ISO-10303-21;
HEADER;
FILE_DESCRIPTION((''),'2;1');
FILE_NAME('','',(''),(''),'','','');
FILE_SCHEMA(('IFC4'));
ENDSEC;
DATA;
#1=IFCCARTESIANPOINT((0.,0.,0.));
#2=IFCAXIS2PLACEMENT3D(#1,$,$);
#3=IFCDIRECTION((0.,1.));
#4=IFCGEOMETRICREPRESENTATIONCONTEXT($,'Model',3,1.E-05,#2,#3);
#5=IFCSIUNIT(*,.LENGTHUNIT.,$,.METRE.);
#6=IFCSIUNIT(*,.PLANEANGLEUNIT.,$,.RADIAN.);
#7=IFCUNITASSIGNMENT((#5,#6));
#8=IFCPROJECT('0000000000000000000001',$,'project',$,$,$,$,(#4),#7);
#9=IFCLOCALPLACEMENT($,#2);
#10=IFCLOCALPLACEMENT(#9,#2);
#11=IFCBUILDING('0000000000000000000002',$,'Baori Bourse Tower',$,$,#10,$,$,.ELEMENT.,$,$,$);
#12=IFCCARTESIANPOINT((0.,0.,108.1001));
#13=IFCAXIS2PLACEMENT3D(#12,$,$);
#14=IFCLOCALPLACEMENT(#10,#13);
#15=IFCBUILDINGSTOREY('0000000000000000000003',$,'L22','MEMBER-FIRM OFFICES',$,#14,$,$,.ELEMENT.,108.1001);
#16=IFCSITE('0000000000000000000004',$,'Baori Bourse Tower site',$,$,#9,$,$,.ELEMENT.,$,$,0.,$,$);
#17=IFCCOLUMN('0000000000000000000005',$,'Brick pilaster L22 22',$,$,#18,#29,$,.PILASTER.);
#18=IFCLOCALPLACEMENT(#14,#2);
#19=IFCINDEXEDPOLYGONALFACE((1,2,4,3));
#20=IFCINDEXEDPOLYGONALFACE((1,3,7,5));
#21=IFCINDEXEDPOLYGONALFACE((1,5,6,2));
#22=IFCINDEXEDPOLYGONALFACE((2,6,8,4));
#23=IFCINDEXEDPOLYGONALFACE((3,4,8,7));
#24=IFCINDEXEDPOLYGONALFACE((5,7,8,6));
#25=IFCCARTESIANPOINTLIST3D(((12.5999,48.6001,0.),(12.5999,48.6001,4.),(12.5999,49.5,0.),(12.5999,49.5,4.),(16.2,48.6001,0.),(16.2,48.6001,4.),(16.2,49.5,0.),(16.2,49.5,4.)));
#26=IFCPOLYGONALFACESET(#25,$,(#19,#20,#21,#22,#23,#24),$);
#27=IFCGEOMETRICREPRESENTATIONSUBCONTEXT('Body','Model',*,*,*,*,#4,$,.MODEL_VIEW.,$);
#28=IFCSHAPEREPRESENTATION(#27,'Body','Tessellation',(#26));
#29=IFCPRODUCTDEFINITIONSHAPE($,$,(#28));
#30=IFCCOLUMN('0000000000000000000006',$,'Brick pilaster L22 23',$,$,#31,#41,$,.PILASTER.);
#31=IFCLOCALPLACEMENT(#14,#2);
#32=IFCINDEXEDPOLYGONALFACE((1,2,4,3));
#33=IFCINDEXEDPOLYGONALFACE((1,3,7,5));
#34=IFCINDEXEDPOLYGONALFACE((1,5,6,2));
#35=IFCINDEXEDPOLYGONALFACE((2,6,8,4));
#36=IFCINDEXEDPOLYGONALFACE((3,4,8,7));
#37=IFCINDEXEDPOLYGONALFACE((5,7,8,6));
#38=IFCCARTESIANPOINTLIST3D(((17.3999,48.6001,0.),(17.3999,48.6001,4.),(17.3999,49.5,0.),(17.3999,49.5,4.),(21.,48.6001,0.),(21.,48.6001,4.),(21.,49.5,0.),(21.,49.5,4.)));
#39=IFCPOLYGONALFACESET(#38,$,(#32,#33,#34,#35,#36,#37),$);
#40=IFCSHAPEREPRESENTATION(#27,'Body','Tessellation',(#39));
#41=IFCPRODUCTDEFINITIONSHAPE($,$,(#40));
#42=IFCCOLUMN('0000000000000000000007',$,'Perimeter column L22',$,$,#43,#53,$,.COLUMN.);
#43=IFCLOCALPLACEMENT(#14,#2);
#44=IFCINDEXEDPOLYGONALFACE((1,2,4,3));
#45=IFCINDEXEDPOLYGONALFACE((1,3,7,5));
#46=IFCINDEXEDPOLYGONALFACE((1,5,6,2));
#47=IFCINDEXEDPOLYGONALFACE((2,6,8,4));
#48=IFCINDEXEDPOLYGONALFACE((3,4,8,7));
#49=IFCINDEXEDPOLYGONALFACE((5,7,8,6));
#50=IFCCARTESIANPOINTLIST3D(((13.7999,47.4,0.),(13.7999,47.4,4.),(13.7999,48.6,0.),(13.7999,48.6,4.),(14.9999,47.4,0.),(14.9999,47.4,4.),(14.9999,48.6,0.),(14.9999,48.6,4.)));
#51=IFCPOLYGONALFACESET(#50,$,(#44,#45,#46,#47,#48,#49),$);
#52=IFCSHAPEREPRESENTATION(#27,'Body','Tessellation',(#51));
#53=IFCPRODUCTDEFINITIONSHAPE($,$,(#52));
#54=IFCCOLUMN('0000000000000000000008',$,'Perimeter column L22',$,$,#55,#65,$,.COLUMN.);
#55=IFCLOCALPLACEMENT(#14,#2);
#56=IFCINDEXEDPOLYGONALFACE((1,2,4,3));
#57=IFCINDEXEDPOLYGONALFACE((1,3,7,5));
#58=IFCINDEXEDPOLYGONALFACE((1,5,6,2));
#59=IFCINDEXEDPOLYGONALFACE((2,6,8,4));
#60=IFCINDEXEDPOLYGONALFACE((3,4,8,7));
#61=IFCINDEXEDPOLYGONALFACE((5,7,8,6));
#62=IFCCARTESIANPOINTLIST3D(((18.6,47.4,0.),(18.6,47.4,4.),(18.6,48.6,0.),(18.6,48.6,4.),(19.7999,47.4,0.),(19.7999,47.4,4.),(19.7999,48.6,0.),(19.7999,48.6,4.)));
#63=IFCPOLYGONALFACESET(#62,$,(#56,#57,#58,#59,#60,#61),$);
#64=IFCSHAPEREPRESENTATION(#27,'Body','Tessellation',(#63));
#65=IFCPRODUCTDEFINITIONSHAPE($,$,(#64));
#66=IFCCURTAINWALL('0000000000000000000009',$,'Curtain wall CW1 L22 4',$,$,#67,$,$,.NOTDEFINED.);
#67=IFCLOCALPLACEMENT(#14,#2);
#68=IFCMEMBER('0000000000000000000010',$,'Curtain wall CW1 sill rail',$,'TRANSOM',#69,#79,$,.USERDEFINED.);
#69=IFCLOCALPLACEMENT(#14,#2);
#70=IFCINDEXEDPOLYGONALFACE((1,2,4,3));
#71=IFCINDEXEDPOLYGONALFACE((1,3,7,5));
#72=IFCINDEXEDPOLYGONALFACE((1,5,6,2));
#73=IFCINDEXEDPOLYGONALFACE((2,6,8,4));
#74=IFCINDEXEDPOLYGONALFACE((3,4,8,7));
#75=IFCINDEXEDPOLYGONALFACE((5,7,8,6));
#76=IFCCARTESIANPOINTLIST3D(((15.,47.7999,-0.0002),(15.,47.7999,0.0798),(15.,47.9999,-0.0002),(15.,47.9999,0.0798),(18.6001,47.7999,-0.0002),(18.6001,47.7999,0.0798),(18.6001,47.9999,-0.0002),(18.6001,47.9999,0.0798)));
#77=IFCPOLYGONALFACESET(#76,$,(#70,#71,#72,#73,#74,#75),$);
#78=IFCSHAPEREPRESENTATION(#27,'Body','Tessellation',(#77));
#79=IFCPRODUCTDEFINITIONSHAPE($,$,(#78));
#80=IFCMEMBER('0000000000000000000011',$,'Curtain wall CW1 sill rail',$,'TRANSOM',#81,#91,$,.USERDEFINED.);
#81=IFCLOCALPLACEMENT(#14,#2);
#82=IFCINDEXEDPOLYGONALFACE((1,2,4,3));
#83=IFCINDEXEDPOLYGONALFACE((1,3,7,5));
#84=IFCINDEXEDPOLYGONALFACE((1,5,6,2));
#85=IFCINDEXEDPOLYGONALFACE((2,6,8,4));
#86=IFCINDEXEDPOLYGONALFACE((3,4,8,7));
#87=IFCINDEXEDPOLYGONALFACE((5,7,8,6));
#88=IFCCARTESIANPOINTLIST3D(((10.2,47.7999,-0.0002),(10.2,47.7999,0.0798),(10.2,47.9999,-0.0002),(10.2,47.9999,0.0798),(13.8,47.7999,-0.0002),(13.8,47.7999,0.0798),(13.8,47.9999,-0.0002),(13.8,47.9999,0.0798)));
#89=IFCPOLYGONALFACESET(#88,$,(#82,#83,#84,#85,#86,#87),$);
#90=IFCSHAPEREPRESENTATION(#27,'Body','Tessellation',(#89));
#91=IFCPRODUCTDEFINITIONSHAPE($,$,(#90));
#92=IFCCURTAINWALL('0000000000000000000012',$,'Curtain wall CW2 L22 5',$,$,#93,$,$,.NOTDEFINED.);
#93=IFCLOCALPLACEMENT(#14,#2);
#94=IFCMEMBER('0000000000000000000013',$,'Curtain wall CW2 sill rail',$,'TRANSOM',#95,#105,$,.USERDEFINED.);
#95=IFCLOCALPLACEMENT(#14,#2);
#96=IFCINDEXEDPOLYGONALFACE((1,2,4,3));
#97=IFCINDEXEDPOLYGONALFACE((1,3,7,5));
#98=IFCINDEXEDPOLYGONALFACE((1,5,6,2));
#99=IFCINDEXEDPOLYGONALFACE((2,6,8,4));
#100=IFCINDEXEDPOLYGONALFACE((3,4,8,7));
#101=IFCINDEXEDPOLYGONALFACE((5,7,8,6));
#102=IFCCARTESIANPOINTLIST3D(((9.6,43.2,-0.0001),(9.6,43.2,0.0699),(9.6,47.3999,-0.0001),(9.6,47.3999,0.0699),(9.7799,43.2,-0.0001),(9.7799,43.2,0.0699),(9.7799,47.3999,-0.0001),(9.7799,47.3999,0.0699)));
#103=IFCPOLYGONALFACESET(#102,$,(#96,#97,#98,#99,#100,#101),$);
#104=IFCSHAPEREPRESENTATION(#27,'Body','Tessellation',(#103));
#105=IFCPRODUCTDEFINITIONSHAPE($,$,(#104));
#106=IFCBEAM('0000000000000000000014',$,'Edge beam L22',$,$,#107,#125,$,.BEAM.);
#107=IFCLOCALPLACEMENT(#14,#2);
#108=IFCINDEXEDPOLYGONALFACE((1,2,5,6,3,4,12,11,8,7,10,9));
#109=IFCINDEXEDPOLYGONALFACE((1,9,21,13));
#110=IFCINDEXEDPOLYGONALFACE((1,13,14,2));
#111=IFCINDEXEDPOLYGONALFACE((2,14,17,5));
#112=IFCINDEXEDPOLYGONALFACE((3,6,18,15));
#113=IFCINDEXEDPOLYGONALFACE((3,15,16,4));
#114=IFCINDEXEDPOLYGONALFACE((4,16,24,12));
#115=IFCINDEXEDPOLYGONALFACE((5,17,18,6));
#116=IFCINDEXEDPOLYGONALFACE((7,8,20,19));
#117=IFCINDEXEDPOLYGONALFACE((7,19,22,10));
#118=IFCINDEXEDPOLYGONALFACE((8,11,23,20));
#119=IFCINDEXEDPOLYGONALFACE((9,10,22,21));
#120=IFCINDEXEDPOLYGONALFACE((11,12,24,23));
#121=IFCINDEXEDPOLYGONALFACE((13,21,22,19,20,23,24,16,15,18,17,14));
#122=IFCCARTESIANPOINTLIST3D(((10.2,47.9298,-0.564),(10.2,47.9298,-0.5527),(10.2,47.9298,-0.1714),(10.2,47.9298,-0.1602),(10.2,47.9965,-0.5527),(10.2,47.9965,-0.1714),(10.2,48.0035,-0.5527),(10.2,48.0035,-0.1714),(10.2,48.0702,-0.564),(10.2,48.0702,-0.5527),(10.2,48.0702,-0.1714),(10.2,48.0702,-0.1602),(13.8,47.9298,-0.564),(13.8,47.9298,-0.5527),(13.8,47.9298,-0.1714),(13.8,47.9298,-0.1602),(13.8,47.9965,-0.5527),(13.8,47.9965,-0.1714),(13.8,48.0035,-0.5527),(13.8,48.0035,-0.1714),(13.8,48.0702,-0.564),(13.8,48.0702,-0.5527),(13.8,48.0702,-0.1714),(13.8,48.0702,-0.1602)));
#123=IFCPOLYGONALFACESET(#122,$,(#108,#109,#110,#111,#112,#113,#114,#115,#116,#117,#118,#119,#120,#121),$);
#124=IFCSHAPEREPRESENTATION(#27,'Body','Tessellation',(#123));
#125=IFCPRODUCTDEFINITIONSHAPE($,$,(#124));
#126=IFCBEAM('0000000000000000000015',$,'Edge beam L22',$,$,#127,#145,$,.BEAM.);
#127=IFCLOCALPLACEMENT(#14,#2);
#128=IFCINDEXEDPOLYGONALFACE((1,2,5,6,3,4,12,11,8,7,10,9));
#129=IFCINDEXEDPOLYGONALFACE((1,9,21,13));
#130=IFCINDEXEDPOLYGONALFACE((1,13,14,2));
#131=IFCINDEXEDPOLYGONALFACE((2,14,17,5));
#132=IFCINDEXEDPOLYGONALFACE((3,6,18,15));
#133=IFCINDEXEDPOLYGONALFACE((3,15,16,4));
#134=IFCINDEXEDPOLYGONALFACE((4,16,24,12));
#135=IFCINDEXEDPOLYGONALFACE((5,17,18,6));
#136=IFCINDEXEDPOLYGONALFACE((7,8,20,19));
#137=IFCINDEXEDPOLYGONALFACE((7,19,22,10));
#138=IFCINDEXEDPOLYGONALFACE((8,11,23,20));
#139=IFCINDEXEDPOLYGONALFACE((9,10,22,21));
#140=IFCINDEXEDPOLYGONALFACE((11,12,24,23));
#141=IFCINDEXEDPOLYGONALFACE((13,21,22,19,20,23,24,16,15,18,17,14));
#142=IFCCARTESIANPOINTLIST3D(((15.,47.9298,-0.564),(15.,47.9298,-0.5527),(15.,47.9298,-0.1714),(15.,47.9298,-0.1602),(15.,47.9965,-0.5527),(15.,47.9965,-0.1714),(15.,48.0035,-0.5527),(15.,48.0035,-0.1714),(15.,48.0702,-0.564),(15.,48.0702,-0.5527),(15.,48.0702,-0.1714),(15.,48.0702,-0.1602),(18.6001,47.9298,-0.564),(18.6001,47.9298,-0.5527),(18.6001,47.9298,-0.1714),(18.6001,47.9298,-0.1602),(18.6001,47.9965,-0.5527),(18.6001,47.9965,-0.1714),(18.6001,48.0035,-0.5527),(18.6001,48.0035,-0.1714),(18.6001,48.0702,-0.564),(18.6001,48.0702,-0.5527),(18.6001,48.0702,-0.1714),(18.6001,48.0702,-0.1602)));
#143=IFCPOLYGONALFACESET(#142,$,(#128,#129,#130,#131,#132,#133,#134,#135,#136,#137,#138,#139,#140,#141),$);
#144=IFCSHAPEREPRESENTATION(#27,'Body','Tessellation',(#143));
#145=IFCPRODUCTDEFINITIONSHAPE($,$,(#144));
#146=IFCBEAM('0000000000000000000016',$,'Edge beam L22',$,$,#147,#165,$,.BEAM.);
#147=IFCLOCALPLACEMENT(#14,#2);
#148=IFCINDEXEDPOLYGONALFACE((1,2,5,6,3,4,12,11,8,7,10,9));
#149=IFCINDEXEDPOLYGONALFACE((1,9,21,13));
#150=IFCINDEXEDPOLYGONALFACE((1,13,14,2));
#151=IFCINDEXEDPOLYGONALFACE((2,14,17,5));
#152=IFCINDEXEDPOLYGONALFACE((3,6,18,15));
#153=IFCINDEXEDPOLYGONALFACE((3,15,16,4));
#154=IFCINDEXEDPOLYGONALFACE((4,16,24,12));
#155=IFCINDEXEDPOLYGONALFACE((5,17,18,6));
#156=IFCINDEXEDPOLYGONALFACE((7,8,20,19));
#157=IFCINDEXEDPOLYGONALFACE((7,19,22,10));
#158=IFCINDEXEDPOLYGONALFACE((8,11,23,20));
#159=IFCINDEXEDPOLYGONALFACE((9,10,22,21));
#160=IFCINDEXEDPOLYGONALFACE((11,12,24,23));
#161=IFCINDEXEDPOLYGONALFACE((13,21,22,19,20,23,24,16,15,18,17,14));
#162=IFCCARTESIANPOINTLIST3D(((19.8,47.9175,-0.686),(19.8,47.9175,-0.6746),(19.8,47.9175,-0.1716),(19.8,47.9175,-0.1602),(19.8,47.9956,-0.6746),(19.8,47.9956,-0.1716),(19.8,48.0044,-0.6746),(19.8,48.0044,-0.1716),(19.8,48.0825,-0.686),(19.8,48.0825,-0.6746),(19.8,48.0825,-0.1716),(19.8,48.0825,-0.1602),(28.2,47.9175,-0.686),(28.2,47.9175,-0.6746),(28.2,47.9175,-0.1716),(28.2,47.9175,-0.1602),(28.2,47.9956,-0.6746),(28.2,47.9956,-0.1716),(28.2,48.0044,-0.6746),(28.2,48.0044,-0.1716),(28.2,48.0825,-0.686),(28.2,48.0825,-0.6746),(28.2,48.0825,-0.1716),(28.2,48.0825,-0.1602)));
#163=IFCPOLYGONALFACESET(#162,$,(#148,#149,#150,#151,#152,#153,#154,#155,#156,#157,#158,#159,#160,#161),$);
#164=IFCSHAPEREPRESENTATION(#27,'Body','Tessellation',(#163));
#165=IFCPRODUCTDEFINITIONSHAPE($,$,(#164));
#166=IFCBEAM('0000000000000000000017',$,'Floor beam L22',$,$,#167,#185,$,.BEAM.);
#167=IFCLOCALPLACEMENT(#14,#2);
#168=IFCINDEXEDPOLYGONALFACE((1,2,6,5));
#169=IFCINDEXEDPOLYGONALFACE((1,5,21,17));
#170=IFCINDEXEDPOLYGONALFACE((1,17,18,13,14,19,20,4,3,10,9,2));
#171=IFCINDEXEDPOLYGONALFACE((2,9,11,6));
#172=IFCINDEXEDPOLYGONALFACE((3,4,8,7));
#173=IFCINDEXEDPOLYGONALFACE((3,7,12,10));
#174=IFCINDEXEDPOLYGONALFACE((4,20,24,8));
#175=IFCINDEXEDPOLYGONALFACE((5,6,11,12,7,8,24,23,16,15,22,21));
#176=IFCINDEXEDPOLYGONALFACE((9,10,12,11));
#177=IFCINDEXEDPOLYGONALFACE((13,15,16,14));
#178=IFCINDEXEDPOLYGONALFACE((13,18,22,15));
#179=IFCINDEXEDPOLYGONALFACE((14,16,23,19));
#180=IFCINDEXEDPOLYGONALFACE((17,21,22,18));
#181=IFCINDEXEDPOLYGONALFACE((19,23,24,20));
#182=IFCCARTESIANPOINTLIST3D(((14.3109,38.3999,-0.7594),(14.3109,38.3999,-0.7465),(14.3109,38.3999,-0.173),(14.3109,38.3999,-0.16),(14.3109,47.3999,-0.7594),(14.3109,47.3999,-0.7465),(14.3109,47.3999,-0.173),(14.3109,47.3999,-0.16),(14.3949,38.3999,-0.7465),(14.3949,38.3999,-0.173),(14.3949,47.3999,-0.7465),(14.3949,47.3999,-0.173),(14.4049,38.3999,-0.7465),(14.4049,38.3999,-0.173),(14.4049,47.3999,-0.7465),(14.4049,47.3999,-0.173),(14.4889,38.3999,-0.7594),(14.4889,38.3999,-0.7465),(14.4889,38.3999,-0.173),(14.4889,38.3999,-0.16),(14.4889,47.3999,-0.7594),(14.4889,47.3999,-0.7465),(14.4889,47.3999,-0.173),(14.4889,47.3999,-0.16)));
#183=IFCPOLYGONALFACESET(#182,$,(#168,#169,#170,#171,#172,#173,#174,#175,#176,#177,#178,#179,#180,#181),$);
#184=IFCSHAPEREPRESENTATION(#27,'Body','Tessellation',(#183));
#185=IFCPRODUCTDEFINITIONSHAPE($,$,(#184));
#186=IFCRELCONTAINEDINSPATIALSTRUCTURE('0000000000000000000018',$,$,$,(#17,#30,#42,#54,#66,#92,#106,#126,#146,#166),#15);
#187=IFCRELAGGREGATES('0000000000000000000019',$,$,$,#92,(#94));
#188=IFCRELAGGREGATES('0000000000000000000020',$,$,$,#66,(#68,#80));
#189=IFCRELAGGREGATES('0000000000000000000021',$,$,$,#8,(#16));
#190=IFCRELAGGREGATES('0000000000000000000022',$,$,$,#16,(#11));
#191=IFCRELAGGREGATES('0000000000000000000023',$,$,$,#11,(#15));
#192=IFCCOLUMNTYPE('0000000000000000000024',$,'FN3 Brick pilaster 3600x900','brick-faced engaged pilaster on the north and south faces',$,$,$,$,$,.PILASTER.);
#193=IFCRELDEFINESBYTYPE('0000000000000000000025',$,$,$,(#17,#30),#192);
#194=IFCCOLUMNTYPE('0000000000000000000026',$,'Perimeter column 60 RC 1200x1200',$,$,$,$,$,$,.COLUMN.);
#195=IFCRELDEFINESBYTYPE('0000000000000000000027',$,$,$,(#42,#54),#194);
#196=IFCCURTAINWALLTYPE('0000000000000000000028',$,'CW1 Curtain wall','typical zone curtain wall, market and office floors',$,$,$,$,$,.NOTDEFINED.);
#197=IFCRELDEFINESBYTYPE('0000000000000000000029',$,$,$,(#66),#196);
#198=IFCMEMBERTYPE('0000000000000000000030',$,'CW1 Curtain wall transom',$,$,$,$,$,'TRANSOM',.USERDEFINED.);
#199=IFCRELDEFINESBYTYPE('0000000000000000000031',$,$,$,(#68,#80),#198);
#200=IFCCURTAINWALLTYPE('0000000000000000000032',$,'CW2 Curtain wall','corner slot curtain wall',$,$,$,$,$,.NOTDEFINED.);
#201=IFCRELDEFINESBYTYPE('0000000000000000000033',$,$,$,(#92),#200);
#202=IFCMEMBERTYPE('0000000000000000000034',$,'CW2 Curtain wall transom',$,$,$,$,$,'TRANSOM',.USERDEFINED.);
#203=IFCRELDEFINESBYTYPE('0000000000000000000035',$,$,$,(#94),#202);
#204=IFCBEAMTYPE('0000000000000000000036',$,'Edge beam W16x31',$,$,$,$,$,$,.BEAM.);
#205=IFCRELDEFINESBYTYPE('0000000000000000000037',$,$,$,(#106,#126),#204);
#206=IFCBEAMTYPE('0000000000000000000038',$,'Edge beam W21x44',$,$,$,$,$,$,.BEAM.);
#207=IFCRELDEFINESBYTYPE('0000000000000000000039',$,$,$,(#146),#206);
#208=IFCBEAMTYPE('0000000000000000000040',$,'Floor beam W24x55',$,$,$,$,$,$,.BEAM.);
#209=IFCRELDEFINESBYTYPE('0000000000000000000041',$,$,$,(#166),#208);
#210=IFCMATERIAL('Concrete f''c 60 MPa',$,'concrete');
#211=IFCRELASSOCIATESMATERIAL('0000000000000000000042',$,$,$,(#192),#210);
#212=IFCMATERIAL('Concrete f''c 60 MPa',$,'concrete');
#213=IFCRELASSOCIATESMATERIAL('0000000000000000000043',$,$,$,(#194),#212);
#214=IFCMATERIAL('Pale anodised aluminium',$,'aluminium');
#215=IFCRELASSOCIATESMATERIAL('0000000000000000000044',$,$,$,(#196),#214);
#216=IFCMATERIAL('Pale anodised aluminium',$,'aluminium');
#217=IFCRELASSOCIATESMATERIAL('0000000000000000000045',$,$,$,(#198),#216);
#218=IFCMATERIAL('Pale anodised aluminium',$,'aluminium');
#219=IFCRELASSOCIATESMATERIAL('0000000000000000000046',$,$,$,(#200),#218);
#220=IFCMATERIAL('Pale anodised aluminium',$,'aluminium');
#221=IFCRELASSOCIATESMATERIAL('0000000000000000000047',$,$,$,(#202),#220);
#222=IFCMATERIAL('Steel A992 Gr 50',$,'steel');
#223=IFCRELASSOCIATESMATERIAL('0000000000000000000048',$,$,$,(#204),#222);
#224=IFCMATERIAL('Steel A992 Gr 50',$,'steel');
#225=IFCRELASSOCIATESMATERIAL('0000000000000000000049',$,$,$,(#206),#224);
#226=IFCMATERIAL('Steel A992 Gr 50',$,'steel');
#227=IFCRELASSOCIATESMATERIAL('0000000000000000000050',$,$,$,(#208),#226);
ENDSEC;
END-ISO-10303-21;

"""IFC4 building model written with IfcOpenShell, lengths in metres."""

from ifc_helpers import new_model, si_unit, direction, frame, origin, origin_2d, place, context, subcontext, project, spatial, rectangle, i_section, extrude, material, material_profile, profile_set, type_object, element, aggregate, save


model = new_model("IFC4")

# Units and contexts
model_context = context("Model", 3, precision=1e-05, world=origin(), true_north=direction((0.0, 1.0)))
body_context = subcontext(model_context, "Body", "Model", "MODEL_VIEW")
ifc_project = project(units=[si_unit("LENGTHUNIT", "METRE"), si_unit("PLANEANGLEUNIT", "RADIAN")], contexts=[model_context])

# Site, building, storey
site_placement = place(None, origin())
site = spatial("IfcSite", under=ifc_project, at=site_placement, Name="Baori Bourse Tower site", CompositionType="ELEMENT", RefElevation=0.0)
building_placement = place(site_placement, origin())
building = spatial("IfcBuilding", under=site, at=building_placement, Name="Baori Bourse Tower", CompositionType="ELEMENT")
storey_placement = place(building_placement, frame((0.0, 0.0, 108.1001)))
storey = spatial("IfcBuildingStorey", under=building, at=storey_placement, Name="L22", Description="MEMBER-FIRM OFFICES", CompositionType="ELEMENT", Elevation=108.1001)

# Columns
ifc_material_1 = material(Name="Concrete f'c 60 MPa", Category="concrete")
ifc_material_profile_1 = material_profile(ifc_material_1, rectangle(XDim=3.6001, YDim=0.8999, at=origin_2d()), Name="RC 3600x900")
ifc_profile_set_1 = profile_set([ifc_material_profile_1], Name="Concrete f'c 60 MPa")
column_type_1 = type_object("IfcColumnType", Name="FN3 Brick pilaster 3600x900", Description="brick-faced engaged pilaster on the north and south faces", PredefinedType="PILASTER", material=ifc_profile_set_1)
for number, where, z_axis, x_axis, name in (
    (1, (14.3999, 49.05, 0.0), (0.0, 0.0, 1.0), (1.0, 0.0, 0.0), "Brick pilaster L22 22"),
    (2, (19.2, 49.05, 0.0), (0.0, 0.0, 1.0), (1.0, 0.0, 0.0), "Brick pilaster L22 23"),
):
    element("IfcColumn", number, at=place(storey_placement, frame(where, z_axis=z_axis, x_axis=x_axis)), inside=storey, type_object=column_type_1, Name=name, PredefinedType="PILASTER", context=body_context, shape_type="SweptSolid", body=[
        extrude(rectangle(XDim=3.6001, YDim=0.8999, at=origin_2d()), origin(), (0.0, 0.0, 1.0), 4.0),
    ])
ifc_material_2 = material(Name="Concrete f'c 60 MPa", Category="concrete")
ifc_material_profile_2 = material_profile(ifc_material_2, rectangle(XDim=1.2, YDim=1.2, at=origin_2d()), Name="RC 1200x1200")
ifc_profile_set_2 = profile_set([ifc_material_profile_2], Name="Concrete f'c 60 MPa")
column_type_2 = type_object("IfcColumnType", Name="Perimeter column 60 RC 1200x1200", PredefinedType="COLUMN", material=ifc_profile_set_2)
for number, where, z_axis, x_axis, name in (
    (3, (14.3999, 48.0, 0.0), (0.0, 0.0, 1.0), (1.0, 0.0, 0.0), "Perimeter column L22"),
    (4, (19.2, 48.0, 0.0), (0.0, 0.0, 1.0), (1.0, 0.0, 0.0), "Perimeter column L22"),
):
    element("IfcColumn", number, at=place(storey_placement, frame(where, z_axis=z_axis, x_axis=x_axis)), inside=storey, type_object=column_type_2, Name=name, PredefinedType="COLUMN", context=body_context, shape_type="SweptSolid", body=[
        extrude(rectangle(XDim=1.2, YDim=1.2, at=origin_2d()), origin(), (0.0, 0.0, 1.0), 4.0),
    ])

# Curtain wall, members
ifc_material_3 = material(Name="Pale anodised aluminium", Category="aluminium")
curtain_wall_type_1 = type_object("IfcCurtainWallType", Name="CW1 Curtain wall", Description="typical zone curtain wall, market and office floors", PredefinedType="NOTDEFINED", material=ifc_material_3)
curtain_wall_1_placement = place(storey_placement, origin())
curtain_wall_1 = element("IfcCurtainWall", 5, at=curtain_wall_1_placement, inside=storey, type_object=curtain_wall_type_1, Name="Curtain wall CW1 L22 4", PredefinedType="NOTDEFINED")
ifc_material_4 = material(Name="Pale anodised aluminium", Category="aluminium")
ifc_material_profile_3 = material_profile(ifc_material_4, rectangle(XDim=0.2, YDim=0.0801, at=origin_2d()), Name="Transom 80x200")
ifc_profile_set_3 = profile_set([ifc_material_profile_3], Name="Pale anodised aluminium")
member_type_1 = type_object("IfcMemberType", Name="CW1 Curtain wall transom", ElementType="TRANSOM", PredefinedType="USERDEFINED", material=ifc_profile_set_3)
member_1_placement = place(storey_placement, frame((18.6001, 47.8999, 0.0398), z_axis=(-1.0, 0.0, 0.0), x_axis=(0.0, -1.0, 0.0)))
member_1 = element("IfcMember", 6, at=member_1_placement, type_object=member_type_1, Name="Curtain wall CW1 sill rail", ObjectType="TRANSOM", PredefinedType="USERDEFINED", context=body_context, shape_type="SweptSolid", body=[
    extrude(rectangle(XDim=0.2, YDim=0.0801, at=origin_2d()), origin(), (0.0, 0.0, 1.0), 3.6001),
])
member_2_placement = place(storey_placement, frame((13.8, 47.8999, 0.0398), z_axis=(-1.0, 0.0, 0.0), x_axis=(0.0, -1.0, 0.0)))
member_2 = element("IfcMember", 7, at=member_2_placement, type_object=member_type_1, Name="Curtain wall CW1 sill rail", ObjectType="TRANSOM", PredefinedType="USERDEFINED", context=body_context, shape_type="SweptSolid", body=[
    extrude(rectangle(XDim=0.2, YDim=0.0801, at=origin_2d()), origin(), (0.0, 0.0, 1.0), 3.6001),
])

# Curtain wall, member
ifc_material_5 = material(Name="Pale anodised aluminium", Category="aluminium")
curtain_wall_type_2 = type_object("IfcCurtainWallType", Name="CW2 Curtain wall", Description="corner slot curtain wall", PredefinedType="NOTDEFINED", material=ifc_material_5)
curtain_wall_2_placement = place(storey_placement, origin())
curtain_wall_2 = element("IfcCurtainWall", 8, at=curtain_wall_2_placement, inside=storey, type_object=curtain_wall_type_2, Name="Curtain wall CW2 L22 5", PredefinedType="NOTDEFINED")
ifc_material_6 = material(Name="Pale anodised aluminium", Category="aluminium")
ifc_material_profile_4 = material_profile(ifc_material_6, rectangle(XDim=0.1799, YDim=0.0701, at=origin_2d()), Name="Transom 70x180")
ifc_profile_set_4 = profile_set([ifc_material_profile_4], Name="Pale anodised aluminium")
member_type_2 = type_object("IfcMemberType", Name="CW2 Curtain wall transom", ElementType="TRANSOM", PredefinedType="USERDEFINED", material=ifc_profile_set_4)
member_3_placement = place(storey_placement, frame((9.6899, 47.3999, 0.0349), z_axis=(0.0, -1.0, 0.0), x_axis=(1.0, 0.0, 0.0)))
member_3 = element("IfcMember", 9, at=member_3_placement, type_object=member_type_2, Name="Curtain wall CW2 sill rail", ObjectType="TRANSOM", PredefinedType="USERDEFINED", context=body_context, shape_type="SweptSolid", body=[
    extrude(rectangle(XDim=0.1799, YDim=0.0701, at=origin_2d()), origin(), (0.0, 0.0, 1.0), 4.2),
])
aggregate(curtain_wall_2, [member_3])

# Beams
ifc_material_7 = material(Name="Steel A992 Gr 50", Category="steel")
ifc_material_profile_5 = material_profile(ifc_material_7, i_section(OverallWidth=0.1404, OverallDepth=0.4038, WebThickness=0.0071, FlangeThickness=0.0112, at=origin_2d()), Name="W16x31")
ifc_profile_set_5 = profile_set([ifc_material_profile_5], Name="Steel A992 Gr 50")
beam_type_1 = type_object("IfcBeamType", Name="Edge beam W16x31", PredefinedType="BEAM", material=ifc_profile_set_5)
for number, where, z_axis, x_axis, name in (
    (10, (10.2, 48.0, -0.3621), (1.0, 0.0, 0.0), (0.0, 1.0, 0.0), "Edge beam L22"),
    (11, (15.0, 48.0, -0.3621), (1.0, 0.0, 0.0), (0.0, 1.0, 0.0), "Edge beam L22"),
):
    element("IfcBeam", number, at=place(storey_placement, frame(where, z_axis=z_axis, x_axis=x_axis)), inside=storey, type_object=beam_type_1, Name=name, PredefinedType="BEAM", context=body_context, shape_type="SweptSolid", body=[
        extrude(i_section(OverallWidth=0.1404, OverallDepth=0.4038, WebThickness=0.0071, FlangeThickness=0.0112, at=origin_2d()), origin(), (0.0, 0.0, 1.0), 3.6001),
    ])
ifc_material_8 = material(Name="Steel A992 Gr 50", Category="steel")
ifc_material_profile_6 = material_profile(ifc_material_8, i_section(OverallWidth=0.165, OverallDepth=0.5259, WebThickness=0.0088, FlangeThickness=0.0115, at=origin_2d()), Name="W21x44")
ifc_profile_set_6 = profile_set([ifc_material_profile_6], Name="Steel A992 Gr 50")
beam_type_2 = type_object("IfcBeamType", Name="Edge beam W21x44", PredefinedType="BEAM", material=ifc_profile_set_6)
beam_1_placement = place(storey_placement, frame((19.8, 48.0, -0.4231), z_axis=(1.0, 0.0, 0.0), x_axis=(0.0, 1.0, 0.0)))
element("IfcBeam", 12, at=beam_1_placement, inside=storey, type_object=beam_type_2, Name="Edge beam L22", PredefinedType="BEAM", context=body_context, shape_type="SweptSolid", body=[
    extrude(i_section(OverallWidth=0.165, OverallDepth=0.5259, WebThickness=0.0088, FlangeThickness=0.0115, at=origin_2d()), origin(), (0.0, 0.0, 1.0), 8.3999),
])
ifc_material_9 = material(Name="Steel A992 Gr 50", Category="steel")
ifc_material_profile_7 = material_profile(ifc_material_9, i_section(OverallWidth=0.178, OverallDepth=0.5994, WebThickness=0.01, FlangeThickness=0.0129, at=origin_2d()), Name="W24x55")
ifc_profile_set_7 = profile_set([ifc_material_profile_7], Name="Steel A992 Gr 50")
beam_type_3 = type_object("IfcBeamType", Name="Floor beam W24x55", PredefinedType="BEAM", material=ifc_profile_set_7)
beam_2_placement = place(storey_placement, frame((14.3999, 38.3999, -0.4597), z_axis=(0.0, 1.0, 0.0), x_axis=(-1.0, 0.0, 0.0)))
element("IfcBeam", 13, at=beam_2_placement, inside=storey, type_object=beam_type_3, Name="Floor beam L22", PredefinedType="BEAM", context=body_context, shape_type="SweptSolid", body=[
    extrude(i_section(OverallWidth=0.178, OverallDepth=0.5994, WebThickness=0.01, FlangeThickness=0.0129, at=origin_2d()), origin(), (0.0, 0.0, 1.0), 9.0),
])

aggregate(curtain_wall_1, [member_1, member_2])

save(model, "model.ifc")
